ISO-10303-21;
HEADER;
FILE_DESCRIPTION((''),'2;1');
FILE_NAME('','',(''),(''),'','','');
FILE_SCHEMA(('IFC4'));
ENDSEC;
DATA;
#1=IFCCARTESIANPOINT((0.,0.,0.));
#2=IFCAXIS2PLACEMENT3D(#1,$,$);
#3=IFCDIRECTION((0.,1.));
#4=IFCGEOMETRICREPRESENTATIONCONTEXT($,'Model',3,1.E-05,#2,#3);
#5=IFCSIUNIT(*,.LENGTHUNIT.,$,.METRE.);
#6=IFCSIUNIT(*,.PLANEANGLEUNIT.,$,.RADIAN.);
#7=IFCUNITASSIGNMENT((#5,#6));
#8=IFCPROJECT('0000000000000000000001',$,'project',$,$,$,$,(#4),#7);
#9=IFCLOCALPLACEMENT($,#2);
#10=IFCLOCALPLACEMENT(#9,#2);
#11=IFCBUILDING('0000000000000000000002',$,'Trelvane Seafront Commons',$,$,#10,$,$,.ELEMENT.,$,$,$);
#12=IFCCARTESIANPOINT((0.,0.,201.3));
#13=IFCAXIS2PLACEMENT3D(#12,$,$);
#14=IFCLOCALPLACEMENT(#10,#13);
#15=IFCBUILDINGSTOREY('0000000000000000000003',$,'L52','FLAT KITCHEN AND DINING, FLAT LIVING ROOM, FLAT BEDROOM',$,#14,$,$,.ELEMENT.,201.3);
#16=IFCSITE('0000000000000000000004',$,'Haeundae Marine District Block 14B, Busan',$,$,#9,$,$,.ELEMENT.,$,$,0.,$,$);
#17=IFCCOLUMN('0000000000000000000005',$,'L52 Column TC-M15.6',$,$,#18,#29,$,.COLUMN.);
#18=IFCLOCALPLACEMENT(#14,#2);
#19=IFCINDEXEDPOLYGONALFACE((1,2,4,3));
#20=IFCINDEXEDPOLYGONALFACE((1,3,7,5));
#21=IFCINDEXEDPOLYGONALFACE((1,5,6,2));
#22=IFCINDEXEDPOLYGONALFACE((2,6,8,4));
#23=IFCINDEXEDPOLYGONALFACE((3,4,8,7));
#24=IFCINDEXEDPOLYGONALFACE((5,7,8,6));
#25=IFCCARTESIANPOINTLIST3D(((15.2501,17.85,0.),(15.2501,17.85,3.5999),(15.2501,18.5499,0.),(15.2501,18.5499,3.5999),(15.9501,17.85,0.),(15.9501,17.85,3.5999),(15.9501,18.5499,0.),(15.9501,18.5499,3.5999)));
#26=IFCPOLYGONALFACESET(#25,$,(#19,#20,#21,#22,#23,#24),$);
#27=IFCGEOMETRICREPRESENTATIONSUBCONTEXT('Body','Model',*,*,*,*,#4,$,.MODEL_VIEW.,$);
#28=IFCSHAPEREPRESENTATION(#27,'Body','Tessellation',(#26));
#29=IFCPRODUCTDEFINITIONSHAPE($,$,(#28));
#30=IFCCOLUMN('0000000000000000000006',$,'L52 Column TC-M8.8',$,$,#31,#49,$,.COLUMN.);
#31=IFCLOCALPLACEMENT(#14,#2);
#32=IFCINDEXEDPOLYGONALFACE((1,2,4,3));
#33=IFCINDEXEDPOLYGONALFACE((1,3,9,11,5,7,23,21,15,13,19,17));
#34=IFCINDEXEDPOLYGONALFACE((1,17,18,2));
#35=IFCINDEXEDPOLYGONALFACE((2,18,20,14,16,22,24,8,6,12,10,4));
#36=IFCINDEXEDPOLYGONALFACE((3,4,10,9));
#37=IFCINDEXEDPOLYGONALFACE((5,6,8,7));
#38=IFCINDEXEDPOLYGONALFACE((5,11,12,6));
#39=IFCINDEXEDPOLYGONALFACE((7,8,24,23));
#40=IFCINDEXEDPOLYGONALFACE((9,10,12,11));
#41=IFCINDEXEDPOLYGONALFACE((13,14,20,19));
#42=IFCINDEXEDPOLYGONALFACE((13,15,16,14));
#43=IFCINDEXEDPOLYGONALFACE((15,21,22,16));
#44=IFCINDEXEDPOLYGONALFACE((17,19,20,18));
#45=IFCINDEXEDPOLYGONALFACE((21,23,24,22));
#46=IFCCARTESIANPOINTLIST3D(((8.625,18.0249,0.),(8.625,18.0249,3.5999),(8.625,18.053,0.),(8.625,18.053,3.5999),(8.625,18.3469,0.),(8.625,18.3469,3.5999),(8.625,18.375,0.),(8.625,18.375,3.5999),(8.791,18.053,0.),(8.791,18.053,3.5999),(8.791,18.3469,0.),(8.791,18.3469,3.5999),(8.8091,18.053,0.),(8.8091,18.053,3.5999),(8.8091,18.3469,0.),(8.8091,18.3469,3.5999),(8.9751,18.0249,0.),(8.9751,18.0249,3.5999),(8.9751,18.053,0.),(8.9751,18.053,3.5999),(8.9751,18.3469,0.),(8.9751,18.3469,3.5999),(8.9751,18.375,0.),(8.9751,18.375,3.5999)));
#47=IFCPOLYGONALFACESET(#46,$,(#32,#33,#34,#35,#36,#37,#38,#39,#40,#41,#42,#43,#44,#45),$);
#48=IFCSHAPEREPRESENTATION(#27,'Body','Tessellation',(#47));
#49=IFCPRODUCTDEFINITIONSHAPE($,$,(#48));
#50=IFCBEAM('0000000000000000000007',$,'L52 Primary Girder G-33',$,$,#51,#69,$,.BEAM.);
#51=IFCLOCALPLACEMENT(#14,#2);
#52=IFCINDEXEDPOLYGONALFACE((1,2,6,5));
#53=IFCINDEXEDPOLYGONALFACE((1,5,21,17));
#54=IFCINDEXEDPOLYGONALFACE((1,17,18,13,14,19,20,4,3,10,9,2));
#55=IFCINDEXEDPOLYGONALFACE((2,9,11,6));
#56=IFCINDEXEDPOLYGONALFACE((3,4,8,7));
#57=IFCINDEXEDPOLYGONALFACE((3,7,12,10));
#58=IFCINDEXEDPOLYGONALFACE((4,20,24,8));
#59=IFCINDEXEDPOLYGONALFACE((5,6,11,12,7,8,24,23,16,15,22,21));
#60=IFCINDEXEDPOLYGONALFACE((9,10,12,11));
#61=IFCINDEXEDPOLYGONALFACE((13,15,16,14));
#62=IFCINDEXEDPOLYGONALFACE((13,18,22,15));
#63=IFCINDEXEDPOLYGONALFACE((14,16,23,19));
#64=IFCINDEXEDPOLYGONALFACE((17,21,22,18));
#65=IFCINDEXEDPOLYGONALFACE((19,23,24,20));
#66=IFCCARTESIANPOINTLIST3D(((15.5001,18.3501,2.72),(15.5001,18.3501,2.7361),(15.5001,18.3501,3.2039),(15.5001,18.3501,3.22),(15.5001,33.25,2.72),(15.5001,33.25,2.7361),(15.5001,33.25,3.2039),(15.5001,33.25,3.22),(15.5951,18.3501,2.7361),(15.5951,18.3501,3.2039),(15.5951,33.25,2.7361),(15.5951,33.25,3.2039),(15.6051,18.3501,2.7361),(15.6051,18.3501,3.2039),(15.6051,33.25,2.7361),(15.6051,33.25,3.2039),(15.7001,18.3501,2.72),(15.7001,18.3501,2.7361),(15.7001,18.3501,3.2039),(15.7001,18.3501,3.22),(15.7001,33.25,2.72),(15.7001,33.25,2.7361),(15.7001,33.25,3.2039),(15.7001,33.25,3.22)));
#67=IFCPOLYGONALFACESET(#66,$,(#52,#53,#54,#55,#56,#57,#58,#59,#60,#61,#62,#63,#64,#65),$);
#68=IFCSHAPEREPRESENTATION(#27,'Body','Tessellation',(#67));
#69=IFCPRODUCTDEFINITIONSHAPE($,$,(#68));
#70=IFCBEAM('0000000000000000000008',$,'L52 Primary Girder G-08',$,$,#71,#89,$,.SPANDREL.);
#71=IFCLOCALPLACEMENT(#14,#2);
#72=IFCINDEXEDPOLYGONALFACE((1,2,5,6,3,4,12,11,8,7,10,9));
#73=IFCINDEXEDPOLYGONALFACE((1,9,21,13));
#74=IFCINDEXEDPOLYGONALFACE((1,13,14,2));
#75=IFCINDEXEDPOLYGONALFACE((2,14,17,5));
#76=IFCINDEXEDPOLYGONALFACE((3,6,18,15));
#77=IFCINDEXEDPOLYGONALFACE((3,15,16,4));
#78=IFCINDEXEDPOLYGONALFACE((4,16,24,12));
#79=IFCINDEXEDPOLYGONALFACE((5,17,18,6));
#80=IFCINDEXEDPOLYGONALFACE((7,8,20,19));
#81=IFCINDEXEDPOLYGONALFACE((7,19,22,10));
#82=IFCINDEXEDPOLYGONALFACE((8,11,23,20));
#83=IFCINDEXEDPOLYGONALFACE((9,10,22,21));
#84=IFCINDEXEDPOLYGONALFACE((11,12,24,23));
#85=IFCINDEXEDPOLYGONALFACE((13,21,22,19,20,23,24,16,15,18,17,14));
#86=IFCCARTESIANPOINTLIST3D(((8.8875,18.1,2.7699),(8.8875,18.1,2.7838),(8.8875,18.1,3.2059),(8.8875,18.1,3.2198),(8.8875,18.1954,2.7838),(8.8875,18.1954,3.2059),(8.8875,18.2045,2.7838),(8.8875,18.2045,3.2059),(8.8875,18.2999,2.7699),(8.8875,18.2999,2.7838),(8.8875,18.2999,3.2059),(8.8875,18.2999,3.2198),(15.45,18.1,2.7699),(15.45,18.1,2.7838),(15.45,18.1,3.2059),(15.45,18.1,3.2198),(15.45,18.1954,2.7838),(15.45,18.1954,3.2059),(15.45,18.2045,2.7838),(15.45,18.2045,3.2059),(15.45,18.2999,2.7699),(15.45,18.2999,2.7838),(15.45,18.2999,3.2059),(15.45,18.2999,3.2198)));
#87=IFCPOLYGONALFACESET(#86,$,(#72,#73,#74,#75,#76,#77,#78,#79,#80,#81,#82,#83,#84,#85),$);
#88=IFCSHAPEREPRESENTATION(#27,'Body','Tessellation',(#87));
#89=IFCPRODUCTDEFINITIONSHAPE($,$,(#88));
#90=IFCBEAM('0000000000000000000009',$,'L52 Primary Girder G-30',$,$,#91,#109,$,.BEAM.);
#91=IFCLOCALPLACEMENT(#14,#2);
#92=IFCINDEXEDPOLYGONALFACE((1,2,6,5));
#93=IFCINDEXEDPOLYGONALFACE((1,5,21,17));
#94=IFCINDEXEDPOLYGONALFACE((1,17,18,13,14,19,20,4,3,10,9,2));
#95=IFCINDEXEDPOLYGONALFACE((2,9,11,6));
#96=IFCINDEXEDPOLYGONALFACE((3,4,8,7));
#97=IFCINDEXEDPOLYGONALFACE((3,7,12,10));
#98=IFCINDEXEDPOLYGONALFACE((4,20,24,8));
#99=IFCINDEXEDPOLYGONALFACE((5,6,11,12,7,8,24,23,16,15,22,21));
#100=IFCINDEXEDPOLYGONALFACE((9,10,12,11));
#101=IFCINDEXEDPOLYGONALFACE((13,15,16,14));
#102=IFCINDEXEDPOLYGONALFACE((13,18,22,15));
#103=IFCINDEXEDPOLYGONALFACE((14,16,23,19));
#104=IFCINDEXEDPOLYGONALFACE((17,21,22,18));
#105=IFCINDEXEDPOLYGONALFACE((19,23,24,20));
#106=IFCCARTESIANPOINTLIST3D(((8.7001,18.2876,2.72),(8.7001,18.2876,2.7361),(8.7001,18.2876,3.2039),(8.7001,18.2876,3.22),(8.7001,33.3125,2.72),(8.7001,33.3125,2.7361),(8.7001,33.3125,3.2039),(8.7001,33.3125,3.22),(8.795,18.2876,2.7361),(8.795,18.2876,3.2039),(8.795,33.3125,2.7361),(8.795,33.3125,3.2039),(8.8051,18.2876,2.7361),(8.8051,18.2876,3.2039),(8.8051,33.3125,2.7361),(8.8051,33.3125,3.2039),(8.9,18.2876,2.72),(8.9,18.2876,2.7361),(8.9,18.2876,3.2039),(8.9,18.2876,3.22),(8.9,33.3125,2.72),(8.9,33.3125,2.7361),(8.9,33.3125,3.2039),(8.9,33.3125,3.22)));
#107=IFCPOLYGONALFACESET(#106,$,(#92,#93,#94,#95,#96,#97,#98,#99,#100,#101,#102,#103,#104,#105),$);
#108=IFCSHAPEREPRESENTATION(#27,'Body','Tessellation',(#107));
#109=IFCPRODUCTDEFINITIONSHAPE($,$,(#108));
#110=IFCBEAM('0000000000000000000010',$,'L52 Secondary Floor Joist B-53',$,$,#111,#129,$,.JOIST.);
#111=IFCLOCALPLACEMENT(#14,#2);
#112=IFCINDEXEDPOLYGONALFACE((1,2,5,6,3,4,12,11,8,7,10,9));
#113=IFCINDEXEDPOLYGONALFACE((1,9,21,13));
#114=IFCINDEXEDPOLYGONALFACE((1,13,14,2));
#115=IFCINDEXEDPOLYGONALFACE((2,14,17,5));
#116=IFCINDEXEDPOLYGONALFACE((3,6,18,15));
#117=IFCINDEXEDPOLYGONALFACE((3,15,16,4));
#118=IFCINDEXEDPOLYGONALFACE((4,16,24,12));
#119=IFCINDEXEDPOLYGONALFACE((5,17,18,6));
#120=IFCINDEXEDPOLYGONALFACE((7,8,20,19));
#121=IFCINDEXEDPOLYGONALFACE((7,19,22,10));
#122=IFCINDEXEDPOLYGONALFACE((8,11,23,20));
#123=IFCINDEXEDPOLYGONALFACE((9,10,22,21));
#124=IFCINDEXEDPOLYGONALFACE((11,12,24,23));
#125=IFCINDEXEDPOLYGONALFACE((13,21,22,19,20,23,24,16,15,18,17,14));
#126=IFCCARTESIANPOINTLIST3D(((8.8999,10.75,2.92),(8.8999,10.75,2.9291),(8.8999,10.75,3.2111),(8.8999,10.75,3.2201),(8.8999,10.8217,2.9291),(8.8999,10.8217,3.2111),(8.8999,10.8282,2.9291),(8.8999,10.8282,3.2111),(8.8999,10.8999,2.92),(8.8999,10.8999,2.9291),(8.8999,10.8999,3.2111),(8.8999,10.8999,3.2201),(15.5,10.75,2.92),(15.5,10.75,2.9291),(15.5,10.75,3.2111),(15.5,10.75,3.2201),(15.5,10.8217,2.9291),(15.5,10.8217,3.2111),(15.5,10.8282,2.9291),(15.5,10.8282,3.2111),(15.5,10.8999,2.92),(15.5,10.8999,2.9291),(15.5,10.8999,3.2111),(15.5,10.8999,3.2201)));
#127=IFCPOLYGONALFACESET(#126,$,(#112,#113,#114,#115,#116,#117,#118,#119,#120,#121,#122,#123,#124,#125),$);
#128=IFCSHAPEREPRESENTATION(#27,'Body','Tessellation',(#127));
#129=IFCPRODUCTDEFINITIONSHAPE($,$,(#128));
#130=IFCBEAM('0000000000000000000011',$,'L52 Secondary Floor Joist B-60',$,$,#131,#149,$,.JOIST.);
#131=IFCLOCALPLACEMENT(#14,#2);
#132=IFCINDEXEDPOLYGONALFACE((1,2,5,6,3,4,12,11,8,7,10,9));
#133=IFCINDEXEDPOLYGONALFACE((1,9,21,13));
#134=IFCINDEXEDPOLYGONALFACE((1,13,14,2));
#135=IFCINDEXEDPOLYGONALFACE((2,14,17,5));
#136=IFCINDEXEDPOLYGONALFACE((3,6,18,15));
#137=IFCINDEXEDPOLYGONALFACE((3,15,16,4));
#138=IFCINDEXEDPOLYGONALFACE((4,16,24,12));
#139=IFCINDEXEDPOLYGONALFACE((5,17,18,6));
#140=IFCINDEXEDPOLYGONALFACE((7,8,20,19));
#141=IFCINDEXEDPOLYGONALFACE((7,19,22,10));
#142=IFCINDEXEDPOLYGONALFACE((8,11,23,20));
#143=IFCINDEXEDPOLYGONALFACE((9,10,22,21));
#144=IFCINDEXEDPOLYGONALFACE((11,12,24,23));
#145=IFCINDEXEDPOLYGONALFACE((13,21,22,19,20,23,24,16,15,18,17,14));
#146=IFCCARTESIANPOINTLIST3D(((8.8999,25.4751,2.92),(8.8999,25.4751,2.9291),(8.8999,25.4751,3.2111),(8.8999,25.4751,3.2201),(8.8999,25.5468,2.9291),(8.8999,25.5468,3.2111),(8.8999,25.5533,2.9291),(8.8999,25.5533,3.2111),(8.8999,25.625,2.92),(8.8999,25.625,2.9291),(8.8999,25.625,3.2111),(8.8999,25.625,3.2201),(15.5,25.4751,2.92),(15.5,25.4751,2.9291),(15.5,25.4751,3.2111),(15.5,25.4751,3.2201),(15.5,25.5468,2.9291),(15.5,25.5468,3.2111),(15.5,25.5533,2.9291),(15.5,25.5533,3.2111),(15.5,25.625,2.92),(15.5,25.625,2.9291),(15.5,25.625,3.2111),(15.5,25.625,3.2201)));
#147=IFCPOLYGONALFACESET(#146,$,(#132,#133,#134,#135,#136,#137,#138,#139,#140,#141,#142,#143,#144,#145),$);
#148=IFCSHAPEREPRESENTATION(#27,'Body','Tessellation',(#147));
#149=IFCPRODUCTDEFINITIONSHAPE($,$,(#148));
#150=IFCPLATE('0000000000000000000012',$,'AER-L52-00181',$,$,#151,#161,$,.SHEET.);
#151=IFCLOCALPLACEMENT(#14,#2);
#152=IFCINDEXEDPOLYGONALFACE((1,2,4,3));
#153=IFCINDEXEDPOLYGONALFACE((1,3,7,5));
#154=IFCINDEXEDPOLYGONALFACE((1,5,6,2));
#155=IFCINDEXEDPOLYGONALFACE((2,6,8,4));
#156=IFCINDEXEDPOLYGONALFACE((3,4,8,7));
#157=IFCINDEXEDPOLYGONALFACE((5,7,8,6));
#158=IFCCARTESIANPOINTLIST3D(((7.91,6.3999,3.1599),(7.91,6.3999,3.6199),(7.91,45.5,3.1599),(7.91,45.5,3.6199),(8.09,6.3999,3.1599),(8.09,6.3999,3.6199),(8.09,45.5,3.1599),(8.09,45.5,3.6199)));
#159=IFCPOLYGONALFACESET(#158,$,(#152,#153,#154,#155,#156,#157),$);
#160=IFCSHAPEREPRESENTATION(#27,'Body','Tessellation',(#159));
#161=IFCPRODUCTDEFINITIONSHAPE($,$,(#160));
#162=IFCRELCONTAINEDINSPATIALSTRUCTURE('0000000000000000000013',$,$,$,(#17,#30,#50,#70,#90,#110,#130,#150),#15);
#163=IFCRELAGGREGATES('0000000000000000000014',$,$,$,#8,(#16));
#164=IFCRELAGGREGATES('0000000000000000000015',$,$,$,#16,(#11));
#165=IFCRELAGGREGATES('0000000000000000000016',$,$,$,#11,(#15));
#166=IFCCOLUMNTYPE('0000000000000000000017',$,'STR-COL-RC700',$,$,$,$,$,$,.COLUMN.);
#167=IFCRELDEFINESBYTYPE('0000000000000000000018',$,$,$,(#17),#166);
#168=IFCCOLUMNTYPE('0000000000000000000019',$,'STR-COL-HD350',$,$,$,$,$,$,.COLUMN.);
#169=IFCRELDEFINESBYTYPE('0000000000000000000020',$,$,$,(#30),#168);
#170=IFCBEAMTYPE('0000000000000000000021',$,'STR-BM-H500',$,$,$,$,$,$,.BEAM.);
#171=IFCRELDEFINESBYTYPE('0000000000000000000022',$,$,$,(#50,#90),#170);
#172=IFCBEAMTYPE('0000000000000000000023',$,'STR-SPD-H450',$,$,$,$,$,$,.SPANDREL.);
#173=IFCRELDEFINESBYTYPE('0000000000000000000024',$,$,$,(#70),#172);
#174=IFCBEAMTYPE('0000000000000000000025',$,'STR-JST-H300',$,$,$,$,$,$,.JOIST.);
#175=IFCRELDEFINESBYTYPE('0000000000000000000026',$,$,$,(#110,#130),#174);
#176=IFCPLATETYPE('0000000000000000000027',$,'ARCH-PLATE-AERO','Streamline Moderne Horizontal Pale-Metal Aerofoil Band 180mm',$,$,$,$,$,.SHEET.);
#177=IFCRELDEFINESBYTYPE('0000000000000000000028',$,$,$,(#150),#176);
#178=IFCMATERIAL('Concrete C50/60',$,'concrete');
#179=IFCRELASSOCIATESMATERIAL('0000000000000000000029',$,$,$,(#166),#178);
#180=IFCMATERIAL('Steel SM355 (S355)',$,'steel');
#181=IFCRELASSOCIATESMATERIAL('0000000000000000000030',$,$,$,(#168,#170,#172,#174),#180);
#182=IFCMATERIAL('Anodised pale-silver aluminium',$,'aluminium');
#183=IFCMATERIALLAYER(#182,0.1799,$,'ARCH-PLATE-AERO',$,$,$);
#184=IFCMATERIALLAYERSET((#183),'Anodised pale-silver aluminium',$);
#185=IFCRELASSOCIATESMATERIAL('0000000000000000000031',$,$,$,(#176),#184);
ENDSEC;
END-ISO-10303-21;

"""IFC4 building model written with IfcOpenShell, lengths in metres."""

from ifc_helpers import new_model, si_unit, direction, frame, origin, origin_2d, place, context, subcontext, project, spatial, rectangle, i_section, extrude, source, transform, mapped, material, layer, layer_set, material_profile, profile_set, type_object, element, save


model = new_model("IFC4")

# Units and contexts
model_context = context("Model", 3, precision=1e-05, world=origin(), true_north=direction((0.0, 1.0)))
body_context = subcontext(model_context, "Body", "Model", "MODEL_VIEW")
ifc_project = project(units=[si_unit("LENGTHUNIT", "METRE"), si_unit("PLANEANGLEUNIT", "RADIAN")], contexts=[model_context])

# Site, building, storey
site_placement = place(None, origin())
site = spatial("IfcSite", under=ifc_project, at=site_placement, Name="Haeundae Marine District Block 14B, Busan", CompositionType="ELEMENT", RefElevation=0.0)
building_placement = place(site_placement, origin())
building = spatial("IfcBuilding", under=site, at=building_placement, Name="Trelvane Seafront Commons", CompositionType="ELEMENT")
storey_placement = place(building_placement, frame((0.0, 0.0, 201.3)))
storey = spatial("IfcBuildingStorey", under=building, at=storey_placement, Name="L52", Description="FLAT KITCHEN AND DINING, FLAT LIVING ROOM, FLAT BEDROOM", CompositionType="ELEMENT", Elevation=201.3)

# Columns
ifc_material_1 = material(Name="Concrete C50/60", Category="concrete")
ifc_material_profile_1 = material_profile(ifc_material_1, rectangle(XDim=0.7, YDim=0.7, at=origin_2d()), Name="RC-700x700")
ifc_profile_set_1 = profile_set([ifc_material_profile_1], Name="Concrete C50/60")
column_type_1 = type_object("IfcColumnType", Name="STR-COL-RC700", PredefinedType="COLUMN", material=ifc_profile_set_1)
shared_shape_1 = source(origin(), body_context, "Body", "SweptSolid", [
    extrude(rectangle(XDim=0.7, YDim=0.7, at=origin_2d()), origin(), (0.0, 0.0, 1.0), 3.5999),
])
column_1_placement = place(storey_placement, frame((15.6001, 18.2, 0.0), z_axis=(0.0, 0.0, 1.0), x_axis=(1.0, 0.0, 0.0)))
element("IfcColumn", 1, at=column_1_placement, inside=storey, type_object=column_type_1, Name="L52 Column TC-M15.6", PredefinedType="COLUMN", context=body_context, shape_type="MappedRepresentation", body=[
    mapped(shared_shape_1, transform((0.0, 0.0, 0.0), x_axis=(1.0, 0.0, 0.0), y_axis=(0.0, 1.0, 0.0), z_axis=(0.0, 0.0, 1.0), scale=1.0)),
])
ifc_material_2 = material(Name="Steel SM355 (S355)", Category="steel")
ifc_material_profile_2 = material_profile(ifc_material_2, i_section(OverallWidth=0.3501, OverallDepth=0.3501, WebThickness=0.0181, FlangeThickness=0.0281, at=origin_2d()), Name="HD-350x350x18x28")
ifc_profile_set_2 = profile_set([ifc_material_profile_2], Name="Steel SM355 (S355)")
column_type_2 = type_object("IfcColumnType", Name="STR-COL-HD350", PredefinedType="COLUMN", material=ifc_profile_set_2)
shared_shape_2 = source(origin(), body_context, "Body", "SweptSolid", [
    extrude(i_section(OverallWidth=0.3501, OverallDepth=0.3501, WebThickness=0.0181, FlangeThickness=0.0281, at=origin_2d()), origin(), (0.0, 0.0, 1.0), 3.5999),
])
column_2_placement = place(storey_placement, frame((8.8, 18.2, 0.0), z_axis=(0.0, 0.0, 1.0), x_axis=(1.0, 0.0, 0.0)))
element("IfcColumn", 2, at=column_2_placement, inside=storey, type_object=column_type_2, Name="L52 Column TC-M8.8", PredefinedType="COLUMN", context=body_context, shape_type="MappedRepresentation", body=[
    mapped(shared_shape_2, transform((0.0, 0.0, 0.0), x_axis=(1.0, 0.0, 0.0), y_axis=(0.0, 1.0, 0.0), z_axis=(0.0, 0.0, 1.0), scale=1.0)),
])

# Beams
ifc_material_profile_3 = material_profile(ifc_material_2, i_section(OverallWidth=0.2, OverallDepth=0.5, WebThickness=0.01, FlangeThickness=0.0161, at=origin_2d()), Name="H-500x200x10x16")
ifc_profile_set_3 = profile_set([ifc_material_profile_3], Name="Steel SM355 (S355)")
beam_type_1 = type_object("IfcBeamType", Name="STR-BM-H500", PredefinedType="BEAM", material=ifc_profile_set_3)
shared_shape_3 = source(origin(), body_context, "Body", "SweptSolid", [
    extrude(i_section(OverallWidth=0.2, OverallDepth=0.5, WebThickness=0.01, FlangeThickness=0.0161, at=origin_2d()), origin(), (0.0, 0.0, 1.0), 14.8999),
])
beam_1_placement = place(storey_placement, frame((15.6001, 18.3501, 2.97), z_axis=(0.0, 1.0, 0.0), x_axis=(-1.0, 0.0, 0.0)))
element("IfcBeam", 3, at=beam_1_placement, inside=storey, type_object=beam_type_1, Name="L52 Primary Girder G-33", PredefinedType="BEAM", context=body_context, shape_type="MappedRepresentation", body=[
    mapped(shared_shape_3, transform((0.0, 0.0, 0.0), x_axis=(1.0, 0.0, 0.0), y_axis=(0.0, 1.0, 0.0), z_axis=(0.0, 0.0, 1.0), scale=1.0)),
])
ifc_material_profile_4 = material_profile(ifc_material_2, i_section(OverallWidth=0.2, OverallDepth=0.45, WebThickness=0.009, FlangeThickness=0.0139, at=origin_2d()), Name="H-450x200x9x14")
ifc_profile_set_4 = profile_set([ifc_material_profile_4], Name="Steel SM355 (S355)")
beam_type_2 = type_object("IfcBeamType", Name="STR-SPD-H450", PredefinedType="SPANDREL", material=ifc_profile_set_4)
shared_shape_4 = source(origin(), body_context, "Body", "SweptSolid", [
    extrude(i_section(OverallWidth=0.2, OverallDepth=0.45, WebThickness=0.009, FlangeThickness=0.0139, at=origin_2d()), origin(), (0.0, 0.0, 1.0), 6.5625),
])
beam_2_placement = place(storey_placement, frame((8.8875, 18.2, 2.9949), z_axis=(1.0, 0.0, 0.0), x_axis=(0.0, 1.0, 0.0)))
element("IfcBeam", 4, at=beam_2_placement, inside=storey, type_object=beam_type_2, Name="L52 Primary Girder G-08", PredefinedType="SPANDREL", context=body_context, shape_type="MappedRepresentation", body=[
    mapped(shared_shape_4, transform((0.0, 0.0, 0.0), x_axis=(1.0, 0.0, 0.0), y_axis=(0.0, 1.0, 0.0), z_axis=(0.0, 0.0, 1.0), scale=1.0)),
])
shared_shape_5 = source(origin(), body_context, "Body", "SweptSolid", [
    extrude(i_section(OverallWidth=0.2, OverallDepth=0.5, WebThickness=0.01, FlangeThickness=0.0161, at=origin_2d()), origin(), (0.0, 0.0, 1.0), 15.0249),
])
beam_3_placement = place(storey_placement, frame((8.8, 18.2876, 2.97), z_axis=(0.0, 1.0, 0.0), x_axis=(-1.0, 0.0, 0.0)))
element("IfcBeam", 5, at=beam_3_placement, inside=storey, type_object=beam_type_1, Name="L52 Primary Girder G-30", PredefinedType="BEAM", context=body_context, shape_type="MappedRepresentation", body=[
    mapped(shared_shape_5, transform((0.0, 0.0, 0.0), x_axis=(1.0, 0.0, 0.0), y_axis=(0.0, 1.0, 0.0), z_axis=(0.0, 0.0, 1.0), scale=1.0)),
])
ifc_material_profile_5 = material_profile(ifc_material_2, i_section(OverallWidth=0.1499, OverallDepth=0.3, WebThickness=0.0066, FlangeThickness=0.009, at=origin_2d()), Name="H-300x150x6.5x9")
ifc_profile_set_5 = profile_set([ifc_material_profile_5], Name="Steel SM355 (S355)")
beam_type_3 = type_object("IfcBeamType", Name="STR-JST-H300", PredefinedType="JOIST", material=ifc_profile_set_5)
shared_shape_6 = source(origin(), body_context, "Body", "SweptSolid", [
    extrude(i_section(OverallWidth=0.1499, OverallDepth=0.3, WebThickness=0.0066, FlangeThickness=0.009, at=origin_2d()), origin(), (0.0, 0.0, 1.0), 6.6001),
])
for number, where, z_axis, x_axis, name in (
    (6, (8.8999, 10.825, 3.0701), (1.0, 0.0, 0.0), (0.0, 1.0, 0.0), "L52 Secondary Floor Joist B-53"),
    (7, (8.8999, 25.55, 3.0701), (1.0, 0.0, 0.0), (0.0, 1.0, 0.0), "L52 Secondary Floor Joist B-60"),
):
    element("IfcBeam", number, at=place(storey_placement, frame(where, z_axis=z_axis, x_axis=x_axis)), inside=storey, type_object=beam_type_3, Name=name, PredefinedType="JOIST", context=body_context, shape_type="MappedRepresentation", body=[
        mapped(shared_shape_6, transform((0.0, 0.0, 0.0), x_axis=(1.0, 0.0, 0.0), y_axis=(0.0, 1.0, 0.0), z_axis=(0.0, 0.0, 1.0), scale=1.0)),
    ])

# Plate
ifc_material_3 = material(Name="Anodised pale-silver aluminium", Category="aluminium")
ifc_layer_1 = layer(ifc_material_3, 0.1799, Name="ARCH-PLATE-AERO")
ifc_layer_set_1 = layer_set([ifc_layer_1], Name="Anodised pale-silver aluminium")
plate_type = type_object("IfcPlateType", Name="ARCH-PLATE-AERO", Description="Streamline Moderne Horizontal Pale-Metal Aerofoil Band 180mm", PredefinedType="SHEET", material=ifc_layer_set_1)
shared_shape_7 = source(origin(), body_context, "Body", "SweptSolid", [
    extrude(rectangle(XDim=39.1001, YDim=0.1799, at=origin_2d()), origin(), (0.0, 0.0, 1.0), 0.46),
])
plate_placement = place(storey_placement, frame((8.0, 25.95, 3.1599), z_axis=(0.0, 0.0, 1.0), x_axis=(0.0, 1.0, 0.0)))
element("IfcPlate", 8, at=plate_placement, inside=storey, type_object=plate_type, Name="AER-L52-00181", PredefinedType="SHEET", context=body_context, shape_type="MappedRepresentation", body=[
    mapped(shared_shape_7, transform((0.0, 0.0, 0.0), x_axis=(1.0, 0.0, 0.0), y_axis=(0.0, 1.0, 0.0), z_axis=(0.0, 0.0, 1.0), scale=1.0)),
])

save(model, "model.ifc")
